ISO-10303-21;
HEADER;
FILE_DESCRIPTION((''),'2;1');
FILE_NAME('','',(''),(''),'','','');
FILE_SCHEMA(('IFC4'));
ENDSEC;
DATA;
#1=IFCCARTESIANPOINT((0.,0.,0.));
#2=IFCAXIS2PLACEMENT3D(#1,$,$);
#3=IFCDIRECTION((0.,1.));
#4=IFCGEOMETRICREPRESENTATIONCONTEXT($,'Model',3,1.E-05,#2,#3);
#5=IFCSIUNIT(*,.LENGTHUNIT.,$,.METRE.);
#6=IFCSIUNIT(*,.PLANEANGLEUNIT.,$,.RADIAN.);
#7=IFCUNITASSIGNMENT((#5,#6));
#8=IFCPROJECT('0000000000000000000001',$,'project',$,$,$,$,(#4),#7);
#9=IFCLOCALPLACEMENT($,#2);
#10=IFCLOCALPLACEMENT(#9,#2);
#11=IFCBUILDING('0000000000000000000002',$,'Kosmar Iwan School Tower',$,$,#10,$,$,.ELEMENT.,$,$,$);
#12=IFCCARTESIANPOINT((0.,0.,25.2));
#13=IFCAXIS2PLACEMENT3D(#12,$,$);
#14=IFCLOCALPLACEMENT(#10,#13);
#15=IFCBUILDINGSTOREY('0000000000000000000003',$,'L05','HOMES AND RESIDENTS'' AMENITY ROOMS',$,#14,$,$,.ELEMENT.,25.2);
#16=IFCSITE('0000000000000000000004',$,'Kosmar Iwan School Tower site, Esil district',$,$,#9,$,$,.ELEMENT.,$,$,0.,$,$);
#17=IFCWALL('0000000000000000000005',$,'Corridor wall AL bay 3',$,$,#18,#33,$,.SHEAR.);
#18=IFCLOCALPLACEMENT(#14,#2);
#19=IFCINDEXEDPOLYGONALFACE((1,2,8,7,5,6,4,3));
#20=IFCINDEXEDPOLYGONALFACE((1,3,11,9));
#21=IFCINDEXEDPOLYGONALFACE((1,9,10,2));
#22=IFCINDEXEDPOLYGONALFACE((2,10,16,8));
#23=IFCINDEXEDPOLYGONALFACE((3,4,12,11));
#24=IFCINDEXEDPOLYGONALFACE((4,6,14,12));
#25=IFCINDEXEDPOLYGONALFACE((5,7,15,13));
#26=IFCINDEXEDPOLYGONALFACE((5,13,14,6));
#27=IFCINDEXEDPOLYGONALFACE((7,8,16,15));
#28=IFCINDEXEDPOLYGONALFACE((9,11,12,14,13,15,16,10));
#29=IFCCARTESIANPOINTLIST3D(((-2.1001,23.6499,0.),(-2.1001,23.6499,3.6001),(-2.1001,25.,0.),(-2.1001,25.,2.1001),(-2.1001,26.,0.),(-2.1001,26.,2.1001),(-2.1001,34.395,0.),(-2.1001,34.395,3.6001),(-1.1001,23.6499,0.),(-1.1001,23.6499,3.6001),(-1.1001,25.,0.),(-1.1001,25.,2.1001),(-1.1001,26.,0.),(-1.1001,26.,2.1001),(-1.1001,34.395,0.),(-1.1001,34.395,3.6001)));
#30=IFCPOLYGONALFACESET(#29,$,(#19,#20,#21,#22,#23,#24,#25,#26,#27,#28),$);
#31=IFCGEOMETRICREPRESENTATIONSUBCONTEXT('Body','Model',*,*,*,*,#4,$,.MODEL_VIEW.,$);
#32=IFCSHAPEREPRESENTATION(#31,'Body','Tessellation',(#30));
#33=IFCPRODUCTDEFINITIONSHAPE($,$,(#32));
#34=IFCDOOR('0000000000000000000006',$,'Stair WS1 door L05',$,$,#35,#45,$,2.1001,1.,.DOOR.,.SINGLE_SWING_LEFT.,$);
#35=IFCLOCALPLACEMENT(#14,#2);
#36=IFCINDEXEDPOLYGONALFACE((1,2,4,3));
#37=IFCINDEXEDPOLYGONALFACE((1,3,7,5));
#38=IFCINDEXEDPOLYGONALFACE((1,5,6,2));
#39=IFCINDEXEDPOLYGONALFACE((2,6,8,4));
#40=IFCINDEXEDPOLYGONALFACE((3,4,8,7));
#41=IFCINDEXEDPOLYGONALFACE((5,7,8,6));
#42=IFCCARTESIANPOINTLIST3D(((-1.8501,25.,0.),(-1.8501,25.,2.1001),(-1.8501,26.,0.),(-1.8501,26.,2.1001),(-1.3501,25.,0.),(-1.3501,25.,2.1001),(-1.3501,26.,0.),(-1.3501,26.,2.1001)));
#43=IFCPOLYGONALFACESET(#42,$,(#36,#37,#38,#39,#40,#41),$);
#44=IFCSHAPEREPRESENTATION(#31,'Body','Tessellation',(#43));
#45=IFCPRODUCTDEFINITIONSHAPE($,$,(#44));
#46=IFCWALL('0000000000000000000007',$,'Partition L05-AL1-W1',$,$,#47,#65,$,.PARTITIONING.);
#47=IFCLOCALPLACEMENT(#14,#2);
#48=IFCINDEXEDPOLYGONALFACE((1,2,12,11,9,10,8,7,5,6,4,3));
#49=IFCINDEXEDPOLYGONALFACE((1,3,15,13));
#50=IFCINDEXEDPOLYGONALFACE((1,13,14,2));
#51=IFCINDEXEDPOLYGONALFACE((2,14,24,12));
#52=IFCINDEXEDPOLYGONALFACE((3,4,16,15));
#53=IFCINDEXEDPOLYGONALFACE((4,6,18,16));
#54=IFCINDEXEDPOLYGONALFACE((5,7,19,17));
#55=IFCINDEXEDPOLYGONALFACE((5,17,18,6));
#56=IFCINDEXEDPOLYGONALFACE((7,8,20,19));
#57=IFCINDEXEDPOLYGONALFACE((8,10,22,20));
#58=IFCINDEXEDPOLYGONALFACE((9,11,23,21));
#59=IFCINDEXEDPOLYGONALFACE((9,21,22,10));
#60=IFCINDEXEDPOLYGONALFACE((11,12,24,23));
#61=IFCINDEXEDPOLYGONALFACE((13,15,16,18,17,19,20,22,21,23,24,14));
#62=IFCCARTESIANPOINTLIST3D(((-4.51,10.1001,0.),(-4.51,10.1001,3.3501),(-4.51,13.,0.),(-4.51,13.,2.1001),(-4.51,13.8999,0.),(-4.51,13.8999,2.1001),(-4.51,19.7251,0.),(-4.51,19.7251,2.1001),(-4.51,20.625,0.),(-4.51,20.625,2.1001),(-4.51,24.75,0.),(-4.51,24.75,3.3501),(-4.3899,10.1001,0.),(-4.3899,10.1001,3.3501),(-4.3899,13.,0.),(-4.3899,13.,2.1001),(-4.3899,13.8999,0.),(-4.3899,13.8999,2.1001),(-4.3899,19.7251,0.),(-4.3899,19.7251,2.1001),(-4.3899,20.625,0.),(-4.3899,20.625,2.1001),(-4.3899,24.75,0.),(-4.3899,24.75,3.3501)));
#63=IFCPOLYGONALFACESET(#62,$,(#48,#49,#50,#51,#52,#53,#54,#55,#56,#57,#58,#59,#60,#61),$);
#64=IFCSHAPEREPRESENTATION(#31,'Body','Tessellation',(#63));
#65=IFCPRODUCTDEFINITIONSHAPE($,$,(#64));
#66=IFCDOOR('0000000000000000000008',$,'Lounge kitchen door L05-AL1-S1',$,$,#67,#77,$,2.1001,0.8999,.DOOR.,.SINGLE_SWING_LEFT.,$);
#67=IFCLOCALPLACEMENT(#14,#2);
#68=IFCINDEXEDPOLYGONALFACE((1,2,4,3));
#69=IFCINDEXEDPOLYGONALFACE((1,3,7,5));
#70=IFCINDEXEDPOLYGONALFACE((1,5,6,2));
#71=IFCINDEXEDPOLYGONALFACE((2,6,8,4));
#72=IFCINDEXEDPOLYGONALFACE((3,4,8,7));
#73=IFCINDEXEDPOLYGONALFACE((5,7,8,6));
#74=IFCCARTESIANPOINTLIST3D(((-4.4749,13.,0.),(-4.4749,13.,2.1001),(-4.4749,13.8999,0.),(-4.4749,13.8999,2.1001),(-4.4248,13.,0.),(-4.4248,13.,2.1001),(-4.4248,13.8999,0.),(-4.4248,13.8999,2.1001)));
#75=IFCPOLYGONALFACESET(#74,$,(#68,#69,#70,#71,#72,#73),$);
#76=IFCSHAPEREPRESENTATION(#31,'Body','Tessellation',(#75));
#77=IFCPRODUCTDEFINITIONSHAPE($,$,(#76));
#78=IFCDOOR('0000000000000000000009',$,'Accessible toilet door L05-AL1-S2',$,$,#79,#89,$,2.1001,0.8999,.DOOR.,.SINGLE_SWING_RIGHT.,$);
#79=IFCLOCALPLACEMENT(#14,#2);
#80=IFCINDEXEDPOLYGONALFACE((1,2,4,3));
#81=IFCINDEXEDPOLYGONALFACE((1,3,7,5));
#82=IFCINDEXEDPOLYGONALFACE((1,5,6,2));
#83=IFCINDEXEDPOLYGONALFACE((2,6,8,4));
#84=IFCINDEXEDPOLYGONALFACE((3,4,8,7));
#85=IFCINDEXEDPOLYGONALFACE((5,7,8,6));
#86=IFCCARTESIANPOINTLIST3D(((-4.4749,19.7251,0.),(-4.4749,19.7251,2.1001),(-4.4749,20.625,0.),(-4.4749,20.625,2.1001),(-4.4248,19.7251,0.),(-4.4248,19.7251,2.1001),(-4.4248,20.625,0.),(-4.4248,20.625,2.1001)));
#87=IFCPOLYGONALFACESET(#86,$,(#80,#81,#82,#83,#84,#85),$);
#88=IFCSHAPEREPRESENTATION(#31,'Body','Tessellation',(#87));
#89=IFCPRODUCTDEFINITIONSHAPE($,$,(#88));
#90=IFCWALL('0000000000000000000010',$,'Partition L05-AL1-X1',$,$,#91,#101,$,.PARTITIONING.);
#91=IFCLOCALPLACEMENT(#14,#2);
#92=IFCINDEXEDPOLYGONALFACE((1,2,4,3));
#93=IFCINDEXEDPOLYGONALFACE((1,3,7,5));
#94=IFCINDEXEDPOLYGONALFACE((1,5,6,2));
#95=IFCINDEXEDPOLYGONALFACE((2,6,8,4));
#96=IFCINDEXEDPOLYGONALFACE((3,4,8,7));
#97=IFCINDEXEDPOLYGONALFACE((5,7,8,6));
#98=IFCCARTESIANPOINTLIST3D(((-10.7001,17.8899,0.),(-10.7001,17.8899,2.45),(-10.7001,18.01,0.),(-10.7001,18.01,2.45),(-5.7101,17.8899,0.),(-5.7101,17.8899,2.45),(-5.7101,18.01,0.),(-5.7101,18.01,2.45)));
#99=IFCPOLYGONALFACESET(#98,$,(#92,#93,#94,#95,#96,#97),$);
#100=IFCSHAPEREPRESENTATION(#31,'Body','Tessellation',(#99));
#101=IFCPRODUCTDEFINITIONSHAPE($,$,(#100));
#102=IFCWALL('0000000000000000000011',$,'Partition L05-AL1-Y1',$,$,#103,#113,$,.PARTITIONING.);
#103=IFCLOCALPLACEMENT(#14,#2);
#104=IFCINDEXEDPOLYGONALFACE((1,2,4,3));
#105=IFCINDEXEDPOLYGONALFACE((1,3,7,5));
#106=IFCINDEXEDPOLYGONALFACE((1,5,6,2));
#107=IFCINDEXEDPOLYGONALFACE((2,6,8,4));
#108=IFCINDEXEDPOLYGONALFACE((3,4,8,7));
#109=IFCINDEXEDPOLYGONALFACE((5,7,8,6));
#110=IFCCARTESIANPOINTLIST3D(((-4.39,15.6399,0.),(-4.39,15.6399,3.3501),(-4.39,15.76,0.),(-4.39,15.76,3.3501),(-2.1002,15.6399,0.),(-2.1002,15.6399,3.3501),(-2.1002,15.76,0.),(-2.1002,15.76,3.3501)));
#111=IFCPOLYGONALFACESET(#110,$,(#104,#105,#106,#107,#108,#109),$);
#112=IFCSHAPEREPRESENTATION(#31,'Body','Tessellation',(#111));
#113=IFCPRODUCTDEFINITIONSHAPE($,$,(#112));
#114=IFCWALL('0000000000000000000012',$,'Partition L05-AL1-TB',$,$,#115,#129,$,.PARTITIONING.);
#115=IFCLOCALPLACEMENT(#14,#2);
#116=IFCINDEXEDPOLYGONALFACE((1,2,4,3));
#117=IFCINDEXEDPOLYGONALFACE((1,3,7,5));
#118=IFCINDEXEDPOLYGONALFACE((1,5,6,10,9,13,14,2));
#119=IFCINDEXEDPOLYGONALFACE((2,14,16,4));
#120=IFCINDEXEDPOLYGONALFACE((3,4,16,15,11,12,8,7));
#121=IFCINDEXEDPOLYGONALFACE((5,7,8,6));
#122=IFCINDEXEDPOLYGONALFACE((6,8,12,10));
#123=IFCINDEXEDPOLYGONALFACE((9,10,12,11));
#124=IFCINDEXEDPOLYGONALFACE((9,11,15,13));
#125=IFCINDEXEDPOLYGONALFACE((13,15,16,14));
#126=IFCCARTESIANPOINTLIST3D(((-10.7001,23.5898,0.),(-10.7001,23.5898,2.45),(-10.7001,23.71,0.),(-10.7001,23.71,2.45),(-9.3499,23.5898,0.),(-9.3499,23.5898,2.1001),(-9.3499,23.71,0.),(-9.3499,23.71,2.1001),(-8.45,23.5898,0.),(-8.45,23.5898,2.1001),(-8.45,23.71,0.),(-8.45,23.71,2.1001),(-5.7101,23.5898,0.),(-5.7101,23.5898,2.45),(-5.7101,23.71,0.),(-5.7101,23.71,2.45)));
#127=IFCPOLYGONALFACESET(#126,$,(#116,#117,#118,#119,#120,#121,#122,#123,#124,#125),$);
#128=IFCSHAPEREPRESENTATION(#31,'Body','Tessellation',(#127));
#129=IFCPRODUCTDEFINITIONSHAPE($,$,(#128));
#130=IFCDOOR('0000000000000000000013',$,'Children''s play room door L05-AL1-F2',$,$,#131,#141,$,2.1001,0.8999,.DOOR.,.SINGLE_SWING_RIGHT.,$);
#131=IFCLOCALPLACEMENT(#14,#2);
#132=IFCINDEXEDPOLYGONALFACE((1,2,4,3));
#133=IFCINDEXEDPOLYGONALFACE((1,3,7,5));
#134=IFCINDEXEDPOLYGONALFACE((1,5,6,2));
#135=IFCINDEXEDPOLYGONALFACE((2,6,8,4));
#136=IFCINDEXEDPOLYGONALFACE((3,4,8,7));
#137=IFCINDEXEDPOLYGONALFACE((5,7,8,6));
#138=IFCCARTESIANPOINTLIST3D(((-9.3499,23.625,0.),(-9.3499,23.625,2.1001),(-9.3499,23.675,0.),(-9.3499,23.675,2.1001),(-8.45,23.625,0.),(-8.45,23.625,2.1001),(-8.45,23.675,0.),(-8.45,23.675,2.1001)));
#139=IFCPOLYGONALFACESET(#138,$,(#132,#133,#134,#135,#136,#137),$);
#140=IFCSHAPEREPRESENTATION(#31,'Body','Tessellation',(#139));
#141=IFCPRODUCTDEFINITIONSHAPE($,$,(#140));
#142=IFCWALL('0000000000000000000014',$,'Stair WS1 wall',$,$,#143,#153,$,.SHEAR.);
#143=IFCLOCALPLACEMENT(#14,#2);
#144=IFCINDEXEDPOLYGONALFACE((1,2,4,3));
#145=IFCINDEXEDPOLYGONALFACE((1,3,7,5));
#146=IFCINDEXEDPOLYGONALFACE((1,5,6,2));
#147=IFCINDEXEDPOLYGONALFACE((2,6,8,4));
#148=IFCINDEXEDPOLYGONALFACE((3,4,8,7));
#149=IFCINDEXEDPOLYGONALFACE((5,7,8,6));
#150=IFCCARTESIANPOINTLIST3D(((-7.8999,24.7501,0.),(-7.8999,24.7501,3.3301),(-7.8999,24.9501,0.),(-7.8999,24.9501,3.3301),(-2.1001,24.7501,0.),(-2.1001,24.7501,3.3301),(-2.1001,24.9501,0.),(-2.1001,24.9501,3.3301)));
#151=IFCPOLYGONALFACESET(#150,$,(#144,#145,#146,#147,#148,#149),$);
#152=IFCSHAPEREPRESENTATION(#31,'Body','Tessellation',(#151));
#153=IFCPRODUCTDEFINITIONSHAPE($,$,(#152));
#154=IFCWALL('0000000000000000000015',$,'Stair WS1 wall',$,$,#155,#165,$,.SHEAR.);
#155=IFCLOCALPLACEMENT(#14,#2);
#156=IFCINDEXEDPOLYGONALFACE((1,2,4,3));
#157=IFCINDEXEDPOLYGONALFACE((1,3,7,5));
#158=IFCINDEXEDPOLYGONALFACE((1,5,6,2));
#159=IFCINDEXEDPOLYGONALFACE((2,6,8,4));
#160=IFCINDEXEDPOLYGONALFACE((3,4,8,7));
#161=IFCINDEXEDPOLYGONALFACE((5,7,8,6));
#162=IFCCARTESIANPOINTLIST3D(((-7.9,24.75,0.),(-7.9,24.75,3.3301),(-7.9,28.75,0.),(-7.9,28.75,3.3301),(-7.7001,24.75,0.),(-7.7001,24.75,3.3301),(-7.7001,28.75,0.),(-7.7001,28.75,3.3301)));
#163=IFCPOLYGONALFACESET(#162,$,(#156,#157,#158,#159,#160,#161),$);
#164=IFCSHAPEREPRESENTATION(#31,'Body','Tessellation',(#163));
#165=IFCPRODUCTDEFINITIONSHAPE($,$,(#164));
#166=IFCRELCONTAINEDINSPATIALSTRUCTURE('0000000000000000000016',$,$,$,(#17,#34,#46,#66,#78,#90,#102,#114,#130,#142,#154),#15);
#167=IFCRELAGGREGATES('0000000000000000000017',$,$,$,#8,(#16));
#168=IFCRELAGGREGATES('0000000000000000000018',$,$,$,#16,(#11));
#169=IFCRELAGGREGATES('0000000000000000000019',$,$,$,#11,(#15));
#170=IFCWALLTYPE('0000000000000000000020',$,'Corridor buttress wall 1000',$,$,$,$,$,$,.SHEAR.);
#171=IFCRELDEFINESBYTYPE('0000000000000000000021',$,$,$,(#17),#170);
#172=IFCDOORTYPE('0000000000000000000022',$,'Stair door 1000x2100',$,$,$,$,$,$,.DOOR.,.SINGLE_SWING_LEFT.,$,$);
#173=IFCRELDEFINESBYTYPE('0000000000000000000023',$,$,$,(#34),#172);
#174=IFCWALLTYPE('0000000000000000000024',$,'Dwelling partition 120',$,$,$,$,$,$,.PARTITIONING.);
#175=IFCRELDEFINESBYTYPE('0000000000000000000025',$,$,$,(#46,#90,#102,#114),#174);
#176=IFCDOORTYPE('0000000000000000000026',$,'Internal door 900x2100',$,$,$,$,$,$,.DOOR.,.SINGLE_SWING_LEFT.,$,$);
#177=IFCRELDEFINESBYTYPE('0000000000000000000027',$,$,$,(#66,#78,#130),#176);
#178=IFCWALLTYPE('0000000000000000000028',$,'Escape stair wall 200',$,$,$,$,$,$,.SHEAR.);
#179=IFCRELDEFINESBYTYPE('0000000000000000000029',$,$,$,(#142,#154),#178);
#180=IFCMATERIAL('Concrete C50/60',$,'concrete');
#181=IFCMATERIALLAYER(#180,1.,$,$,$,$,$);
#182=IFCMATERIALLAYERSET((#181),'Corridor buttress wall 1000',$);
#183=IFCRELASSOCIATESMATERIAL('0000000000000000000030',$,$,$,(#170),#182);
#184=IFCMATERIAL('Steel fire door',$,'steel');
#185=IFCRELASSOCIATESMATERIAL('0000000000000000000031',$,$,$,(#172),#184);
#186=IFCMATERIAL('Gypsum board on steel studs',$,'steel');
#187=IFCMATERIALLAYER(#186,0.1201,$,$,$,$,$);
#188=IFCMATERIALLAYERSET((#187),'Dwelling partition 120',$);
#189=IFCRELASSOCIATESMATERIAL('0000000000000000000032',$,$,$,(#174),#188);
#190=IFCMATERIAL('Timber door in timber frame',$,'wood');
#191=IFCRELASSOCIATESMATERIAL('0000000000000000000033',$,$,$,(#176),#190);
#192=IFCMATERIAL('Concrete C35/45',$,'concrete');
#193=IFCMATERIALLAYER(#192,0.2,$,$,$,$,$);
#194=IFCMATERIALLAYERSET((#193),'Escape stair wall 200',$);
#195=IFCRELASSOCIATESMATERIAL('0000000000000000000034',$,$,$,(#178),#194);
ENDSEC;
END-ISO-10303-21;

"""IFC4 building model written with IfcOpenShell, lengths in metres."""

from ifc_helpers import new_model, si_unit, direction, frame, frame_2d, origin, place, context, subcontext, project, spatial, rectangle, extrude, material, layer, layer_set, type_object, element, fill, save


model = new_model("IFC4")

# Units and contexts
model_context = context("Model", 3, precision=1e-05, world=origin(), true_north=direction((0.0, 1.0)))
body_context = subcontext(model_context, "Body", "Model", "MODEL_VIEW")
ifc_project = project(units=[si_unit("LENGTHUNIT", "METRE"), si_unit("PLANEANGLEUNIT", "RADIAN")], contexts=[model_context])

# Site, building, storey
site_placement = place(None, origin())
site = spatial("IfcSite", under=ifc_project, at=site_placement, Name="Kosmar Iwan School Tower site, Esil district", CompositionType="ELEMENT", RefElevation=0.0)
building_placement = place(site_placement, origin())
building = spatial("IfcBuilding", under=site, at=building_placement, Name="Kosmar Iwan School Tower", CompositionType="ELEMENT")
storey_placement = place(building_placement, frame((0.0, 0.0, 25.2)))
storey = spatial("IfcBuildingStorey", under=building, at=storey_placement, Name="L05", Description="HOMES AND RESIDENTS' AMENITY ROOMS", CompositionType="ELEMENT", Elevation=25.2)

# Shared definitions
ifc_material_1 = material(Name="Concrete C50/60", Category="concrete")
ifc_layer_1 = layer(ifc_material_1, 1.0)
ifc_layer_set_1 = layer_set([ifc_layer_1], Name="Corridor buttress wall 1000")
wall_type_1 = type_object("IfcWallType", Name="Corridor buttress wall 1000", PredefinedType="SHEAR", material=ifc_layer_set_1)

# Wall, opening, door
wall_1_placement = place(storey_placement, frame((-1.6001, 23.6499, 0.0), z_axis=(0.0, 0.0, 1.0), x_axis=(0.0, 1.0, 0.0)))
wall_1 = element("IfcWall", 1, at=wall_1_placement, inside=storey, type_object=wall_type_1, Name="Corridor wall AL bay 3", PredefinedType="SHEAR", context=body_context, shape_type="SweptSolid", body=[
    extrude(rectangle(XDim=10.7451, YDim=1.0, at=frame_2d((5.3726, 0.0))), origin(), (0.0, 0.0, 1.0), 3.6001),
])
opening_1_placement = place(wall_1_placement, frame((1.3501, 0.0, 0.0)))
opening_1 = element("IfcOpeningElement", 2, at=opening_1_placement, cuts=wall_1, PredefinedType="OPENING", context=body_context, shape_type="SweptSolid", body=[
    extrude(rectangle(XDim=1.0, YDim=2.1001, at=frame_2d((0.5, 1.05))), frame((0.0, 0.512, 0.0), z_axis=(0.0, -1.0, 0.0), x_axis=(1.0, 0.0, 0.0)), (0.0, 0.0, 1.0), 1.0239),
])
ifc_material_2 = material(Name="Steel fire door", Category="steel")
door_type_1 = type_object("IfcDoorType", Name="Stair door 1000x2100", OperationType="SINGLE_SWING_LEFT", PredefinedType="DOOR", material=ifc_material_2)
door_1_placement = place(opening_1_placement, origin())
door_1 = element("IfcDoor", 3, at=door_1_placement, inside=storey, type_object=door_type_1, Name="Stair WS1 door L05", OperationType="SINGLE_SWING_LEFT", OverallHeight=2.1001, OverallWidth=1.0, PredefinedType="DOOR", context=body_context, shape_type="SweptSolid", body=[
    extrude(rectangle(XDim=1.0, YDim=2.1001, at=frame_2d((0.5, 1.05))), frame((0.0, 0.25, 0.0), z_axis=(0.0, -1.0, 0.0), x_axis=(1.0, 0.0, 0.0)), (0.0, 0.0, 1.0), 0.5),
])
fill(opening_1, door_1)

# Wall, openings, doors
ifc_material_3 = material(Name="Gypsum board on steel studs", Category="steel")
ifc_layer_2 = layer(ifc_material_3, 0.1201)
ifc_layer_set_2 = layer_set([ifc_layer_2], Name="Dwelling partition 120")
wall_type_2 = type_object("IfcWallType", Name="Dwelling partition 120", PredefinedType="PARTITIONING", material=ifc_layer_set_2)
wall_2_placement = place(storey_placement, frame((-4.45, 10.1001, 0.0), z_axis=(0.0, 0.0, 1.0), x_axis=(0.0, 1.0, 0.0)))
wall_2 = element("IfcWall", 4, at=wall_2_placement, inside=storey, type_object=wall_type_2, Name="Partition L05-AL1-W1", PredefinedType="PARTITIONING", context=body_context, shape_type="SweptSolid", body=[
    extrude(rectangle(XDim=14.6499, YDim=0.1201, at=frame_2d((7.325, 0.0))), origin(), (0.0, 0.0, 1.0), 3.3501),
])
opening_2_placement = place(wall_2_placement, frame((2.8999, 0.0, 0.0)))
opening_2 = element("IfcOpeningElement", 5, at=opening_2_placement, cuts=wall_2, PredefinedType="OPENING", context=body_context, shape_type="SweptSolid", body=[
    extrude(rectangle(XDim=0.8999, YDim=2.1001, at=frame_2d((0.45, 1.05))), frame((0.0, 0.072, 0.0), z_axis=(0.0, -1.0, 0.0), x_axis=(1.0, 0.0, 0.0)), (0.0, 0.0, 1.0), 0.144),
])
opening_3_placement = place(wall_2_placement, frame((9.625, 0.0, 0.0)))
opening_3 = element("IfcOpeningElement", 6, at=opening_3_placement, cuts=wall_2, PredefinedType="OPENING", context=body_context, shape_type="SweptSolid", body=[
    extrude(rectangle(XDim=0.8999, YDim=2.1001, at=frame_2d((0.45, 1.05))), frame((0.0, 0.072, 0.0), z_axis=(0.0, -1.0, 0.0), x_axis=(1.0, 0.0, 0.0)), (0.0, 0.0, 1.0), 0.144),
])
ifc_material_4 = material(Name="Timber door in timber frame", Category="wood")
door_type_2 = type_object("IfcDoorType", Name="Internal door 900x2100", OperationType="SINGLE_SWING_LEFT", PredefinedType="DOOR", material=ifc_material_4)
door_2_placement = place(opening_2_placement, origin())
door_2 = element("IfcDoor", 7, at=door_2_placement, inside=storey, type_object=door_type_2, Name="Lounge kitchen door L05-AL1-S1", OperationType="SINGLE_SWING_LEFT", OverallHeight=2.1001, OverallWidth=0.8999, PredefinedType="DOOR", context=body_context, shape_type="SweptSolid", body=[
    extrude(rectangle(XDim=0.8999, YDim=2.1001, at=frame_2d((0.45, 1.05))), frame((0.0, 0.0249, 0.0), z_axis=(0.0, -1.0, 0.0), x_axis=(1.0, 0.0, 0.0)), (0.0, 0.0, 1.0), 0.05),
])
fill(opening_2, door_2)
door_3_placement = place(opening_3_placement, origin())
door_3 = element("IfcDoor", 8, at=door_3_placement, inside=storey, type_object=door_type_2, Name="Accessible toilet door L05-AL1-S2", OperationType="SINGLE_SWING_RIGHT", OverallHeight=2.1001, OverallWidth=0.8999, PredefinedType="DOOR", context=body_context, shape_type="SweptSolid", body=[
    extrude(rectangle(XDim=0.8999, YDim=2.1001, at=frame_2d((0.45, 1.05))), frame((0.0, 0.0249, 0.0), z_axis=(0.0, -1.0, 0.0), x_axis=(1.0, 0.0, 0.0)), (0.0, 0.0, 1.0), 0.05),
])
fill(opening_3, door_3)

# Walls
wall_3_placement = place(storey_placement, frame((-5.71, 17.95, 0.0), z_axis=(0.0, 0.0, 1.0), x_axis=(-1.0, 0.0, 0.0)))
element("IfcWall", 9, at=wall_3_placement, inside=storey, type_object=wall_type_2, Name="Partition L05-AL1-X1", PredefinedType="PARTITIONING", context=body_context, shape_type="SweptSolid", body=[
    extrude(rectangle(XDim=4.99, YDim=0.1201, at=frame_2d((2.4951, 0.0))), origin(), (0.0, 0.0, 1.0), 2.45),
])
wall_4_placement = place(storey_placement, frame((-2.1001, 15.7, 0.0), z_axis=(0.0, 0.0, 1.0), x_axis=(-1.0, 0.0, 0.0)))
element("IfcWall", 10, at=wall_4_placement, inside=storey, type_object=wall_type_2, Name="Partition L05-AL1-Y1", PredefinedType="PARTITIONING", context=body_context, shape_type="SweptSolid", body=[
    extrude(rectangle(XDim=2.2898, YDim=0.1201, at=frame_2d((1.145, 0.0))), origin(), (0.0, 0.0, 1.0), 3.3501),
])

# Wall, opening, door
wall_5_placement = place(storey_placement, frame((-5.71, 23.6499, 0.0), z_axis=(0.0, 0.0, 1.0), x_axis=(-1.0, 0.0, 0.0)))
wall_5 = element("IfcWall", 11, at=wall_5_placement, inside=storey, type_object=wall_type_2, Name="Partition L05-AL1-TB", PredefinedType="PARTITIONING", context=body_context, shape_type="SweptSolid", body=[
    extrude(rectangle(XDim=4.99, YDim=0.1201, at=frame_2d((2.4951, 0.0))), origin(), (0.0, 0.0, 1.0), 2.45),
])
opening_4_placement = place(wall_5_placement, frame((2.74, 0.0, 0.0)))
opening_4 = element("IfcOpeningElement", 12, at=opening_4_placement, cuts=wall_5, PredefinedType="OPENING", context=body_context, shape_type="SweptSolid", body=[
    extrude(rectangle(XDim=0.8999, YDim=2.1001, at=frame_2d((0.45, 1.05))), frame((0.0, 0.072, 0.0), z_axis=(0.0, -1.0, 0.0), x_axis=(1.0, 0.0, 0.0)), (0.0, 0.0, 1.0), 0.144),
])
door_4_placement = place(opening_4_placement, origin())
door_4 = element("IfcDoor", 13, at=door_4_placement, inside=storey, type_object=door_type_2, Name="Children's play room door L05-AL1-F2", OperationType="SINGLE_SWING_RIGHT", OverallHeight=2.1001, OverallWidth=0.8999, PredefinedType="DOOR", context=body_context, shape_type="SweptSolid", body=[
    extrude(rectangle(XDim=0.8999, YDim=2.1001, at=frame_2d((0.45, 1.05))), frame((0.0, 0.0249, 0.0), z_axis=(0.0, -1.0, 0.0), x_axis=(1.0, 0.0, 0.0)), (0.0, 0.0, 1.0), 0.05),
])
fill(opening_4, door_4)

# Walls
ifc_material_5 = material(Name="Concrete C35/45", Category="concrete")
ifc_layer_3 = layer(ifc_material_5, 0.2)
ifc_layer_set_3 = layer_set([ifc_layer_3], Name="Escape stair wall 200")
wall_type_3 = type_object("IfcWallType", Name="Escape stair wall 200", PredefinedType="SHEAR", material=ifc_layer_set_3)
wall_6_placement = place(storey_placement, frame((-2.1001, 24.8501, 0.0), z_axis=(0.0, 0.0, 1.0), x_axis=(-1.0, 0.0, 0.0)))
element("IfcWall", 14, at=wall_6_placement, inside=storey, type_object=wall_type_3, Name="Stair WS1 wall", PredefinedType="SHEAR", context=body_context, shape_type="SweptSolid", body=[
    extrude(rectangle(XDim=5.7998, YDim=0.2, at=frame_2d((2.8999, 0.0))), origin(), (0.0, 0.0, 1.0), 3.3301),
])
wall_7_placement = place(storey_placement, frame((-7.8, 24.75, 0.0), z_axis=(0.0, 0.0, 1.0), x_axis=(0.0, 1.0, 0.0)))
element("IfcWall", 15, at=wall_7_placement, inside=storey, type_object=wall_type_3, Name="Stair WS1 wall", PredefinedType="SHEAR", context=body_context, shape_type="SweptSolid", body=[
    extrude(rectangle(XDim=4.0, YDim=0.2, at=frame_2d((2.0, 0.0))), origin(), (0.0, 0.0, 1.0), 3.3301),
])

save(model, "model.ifc")
